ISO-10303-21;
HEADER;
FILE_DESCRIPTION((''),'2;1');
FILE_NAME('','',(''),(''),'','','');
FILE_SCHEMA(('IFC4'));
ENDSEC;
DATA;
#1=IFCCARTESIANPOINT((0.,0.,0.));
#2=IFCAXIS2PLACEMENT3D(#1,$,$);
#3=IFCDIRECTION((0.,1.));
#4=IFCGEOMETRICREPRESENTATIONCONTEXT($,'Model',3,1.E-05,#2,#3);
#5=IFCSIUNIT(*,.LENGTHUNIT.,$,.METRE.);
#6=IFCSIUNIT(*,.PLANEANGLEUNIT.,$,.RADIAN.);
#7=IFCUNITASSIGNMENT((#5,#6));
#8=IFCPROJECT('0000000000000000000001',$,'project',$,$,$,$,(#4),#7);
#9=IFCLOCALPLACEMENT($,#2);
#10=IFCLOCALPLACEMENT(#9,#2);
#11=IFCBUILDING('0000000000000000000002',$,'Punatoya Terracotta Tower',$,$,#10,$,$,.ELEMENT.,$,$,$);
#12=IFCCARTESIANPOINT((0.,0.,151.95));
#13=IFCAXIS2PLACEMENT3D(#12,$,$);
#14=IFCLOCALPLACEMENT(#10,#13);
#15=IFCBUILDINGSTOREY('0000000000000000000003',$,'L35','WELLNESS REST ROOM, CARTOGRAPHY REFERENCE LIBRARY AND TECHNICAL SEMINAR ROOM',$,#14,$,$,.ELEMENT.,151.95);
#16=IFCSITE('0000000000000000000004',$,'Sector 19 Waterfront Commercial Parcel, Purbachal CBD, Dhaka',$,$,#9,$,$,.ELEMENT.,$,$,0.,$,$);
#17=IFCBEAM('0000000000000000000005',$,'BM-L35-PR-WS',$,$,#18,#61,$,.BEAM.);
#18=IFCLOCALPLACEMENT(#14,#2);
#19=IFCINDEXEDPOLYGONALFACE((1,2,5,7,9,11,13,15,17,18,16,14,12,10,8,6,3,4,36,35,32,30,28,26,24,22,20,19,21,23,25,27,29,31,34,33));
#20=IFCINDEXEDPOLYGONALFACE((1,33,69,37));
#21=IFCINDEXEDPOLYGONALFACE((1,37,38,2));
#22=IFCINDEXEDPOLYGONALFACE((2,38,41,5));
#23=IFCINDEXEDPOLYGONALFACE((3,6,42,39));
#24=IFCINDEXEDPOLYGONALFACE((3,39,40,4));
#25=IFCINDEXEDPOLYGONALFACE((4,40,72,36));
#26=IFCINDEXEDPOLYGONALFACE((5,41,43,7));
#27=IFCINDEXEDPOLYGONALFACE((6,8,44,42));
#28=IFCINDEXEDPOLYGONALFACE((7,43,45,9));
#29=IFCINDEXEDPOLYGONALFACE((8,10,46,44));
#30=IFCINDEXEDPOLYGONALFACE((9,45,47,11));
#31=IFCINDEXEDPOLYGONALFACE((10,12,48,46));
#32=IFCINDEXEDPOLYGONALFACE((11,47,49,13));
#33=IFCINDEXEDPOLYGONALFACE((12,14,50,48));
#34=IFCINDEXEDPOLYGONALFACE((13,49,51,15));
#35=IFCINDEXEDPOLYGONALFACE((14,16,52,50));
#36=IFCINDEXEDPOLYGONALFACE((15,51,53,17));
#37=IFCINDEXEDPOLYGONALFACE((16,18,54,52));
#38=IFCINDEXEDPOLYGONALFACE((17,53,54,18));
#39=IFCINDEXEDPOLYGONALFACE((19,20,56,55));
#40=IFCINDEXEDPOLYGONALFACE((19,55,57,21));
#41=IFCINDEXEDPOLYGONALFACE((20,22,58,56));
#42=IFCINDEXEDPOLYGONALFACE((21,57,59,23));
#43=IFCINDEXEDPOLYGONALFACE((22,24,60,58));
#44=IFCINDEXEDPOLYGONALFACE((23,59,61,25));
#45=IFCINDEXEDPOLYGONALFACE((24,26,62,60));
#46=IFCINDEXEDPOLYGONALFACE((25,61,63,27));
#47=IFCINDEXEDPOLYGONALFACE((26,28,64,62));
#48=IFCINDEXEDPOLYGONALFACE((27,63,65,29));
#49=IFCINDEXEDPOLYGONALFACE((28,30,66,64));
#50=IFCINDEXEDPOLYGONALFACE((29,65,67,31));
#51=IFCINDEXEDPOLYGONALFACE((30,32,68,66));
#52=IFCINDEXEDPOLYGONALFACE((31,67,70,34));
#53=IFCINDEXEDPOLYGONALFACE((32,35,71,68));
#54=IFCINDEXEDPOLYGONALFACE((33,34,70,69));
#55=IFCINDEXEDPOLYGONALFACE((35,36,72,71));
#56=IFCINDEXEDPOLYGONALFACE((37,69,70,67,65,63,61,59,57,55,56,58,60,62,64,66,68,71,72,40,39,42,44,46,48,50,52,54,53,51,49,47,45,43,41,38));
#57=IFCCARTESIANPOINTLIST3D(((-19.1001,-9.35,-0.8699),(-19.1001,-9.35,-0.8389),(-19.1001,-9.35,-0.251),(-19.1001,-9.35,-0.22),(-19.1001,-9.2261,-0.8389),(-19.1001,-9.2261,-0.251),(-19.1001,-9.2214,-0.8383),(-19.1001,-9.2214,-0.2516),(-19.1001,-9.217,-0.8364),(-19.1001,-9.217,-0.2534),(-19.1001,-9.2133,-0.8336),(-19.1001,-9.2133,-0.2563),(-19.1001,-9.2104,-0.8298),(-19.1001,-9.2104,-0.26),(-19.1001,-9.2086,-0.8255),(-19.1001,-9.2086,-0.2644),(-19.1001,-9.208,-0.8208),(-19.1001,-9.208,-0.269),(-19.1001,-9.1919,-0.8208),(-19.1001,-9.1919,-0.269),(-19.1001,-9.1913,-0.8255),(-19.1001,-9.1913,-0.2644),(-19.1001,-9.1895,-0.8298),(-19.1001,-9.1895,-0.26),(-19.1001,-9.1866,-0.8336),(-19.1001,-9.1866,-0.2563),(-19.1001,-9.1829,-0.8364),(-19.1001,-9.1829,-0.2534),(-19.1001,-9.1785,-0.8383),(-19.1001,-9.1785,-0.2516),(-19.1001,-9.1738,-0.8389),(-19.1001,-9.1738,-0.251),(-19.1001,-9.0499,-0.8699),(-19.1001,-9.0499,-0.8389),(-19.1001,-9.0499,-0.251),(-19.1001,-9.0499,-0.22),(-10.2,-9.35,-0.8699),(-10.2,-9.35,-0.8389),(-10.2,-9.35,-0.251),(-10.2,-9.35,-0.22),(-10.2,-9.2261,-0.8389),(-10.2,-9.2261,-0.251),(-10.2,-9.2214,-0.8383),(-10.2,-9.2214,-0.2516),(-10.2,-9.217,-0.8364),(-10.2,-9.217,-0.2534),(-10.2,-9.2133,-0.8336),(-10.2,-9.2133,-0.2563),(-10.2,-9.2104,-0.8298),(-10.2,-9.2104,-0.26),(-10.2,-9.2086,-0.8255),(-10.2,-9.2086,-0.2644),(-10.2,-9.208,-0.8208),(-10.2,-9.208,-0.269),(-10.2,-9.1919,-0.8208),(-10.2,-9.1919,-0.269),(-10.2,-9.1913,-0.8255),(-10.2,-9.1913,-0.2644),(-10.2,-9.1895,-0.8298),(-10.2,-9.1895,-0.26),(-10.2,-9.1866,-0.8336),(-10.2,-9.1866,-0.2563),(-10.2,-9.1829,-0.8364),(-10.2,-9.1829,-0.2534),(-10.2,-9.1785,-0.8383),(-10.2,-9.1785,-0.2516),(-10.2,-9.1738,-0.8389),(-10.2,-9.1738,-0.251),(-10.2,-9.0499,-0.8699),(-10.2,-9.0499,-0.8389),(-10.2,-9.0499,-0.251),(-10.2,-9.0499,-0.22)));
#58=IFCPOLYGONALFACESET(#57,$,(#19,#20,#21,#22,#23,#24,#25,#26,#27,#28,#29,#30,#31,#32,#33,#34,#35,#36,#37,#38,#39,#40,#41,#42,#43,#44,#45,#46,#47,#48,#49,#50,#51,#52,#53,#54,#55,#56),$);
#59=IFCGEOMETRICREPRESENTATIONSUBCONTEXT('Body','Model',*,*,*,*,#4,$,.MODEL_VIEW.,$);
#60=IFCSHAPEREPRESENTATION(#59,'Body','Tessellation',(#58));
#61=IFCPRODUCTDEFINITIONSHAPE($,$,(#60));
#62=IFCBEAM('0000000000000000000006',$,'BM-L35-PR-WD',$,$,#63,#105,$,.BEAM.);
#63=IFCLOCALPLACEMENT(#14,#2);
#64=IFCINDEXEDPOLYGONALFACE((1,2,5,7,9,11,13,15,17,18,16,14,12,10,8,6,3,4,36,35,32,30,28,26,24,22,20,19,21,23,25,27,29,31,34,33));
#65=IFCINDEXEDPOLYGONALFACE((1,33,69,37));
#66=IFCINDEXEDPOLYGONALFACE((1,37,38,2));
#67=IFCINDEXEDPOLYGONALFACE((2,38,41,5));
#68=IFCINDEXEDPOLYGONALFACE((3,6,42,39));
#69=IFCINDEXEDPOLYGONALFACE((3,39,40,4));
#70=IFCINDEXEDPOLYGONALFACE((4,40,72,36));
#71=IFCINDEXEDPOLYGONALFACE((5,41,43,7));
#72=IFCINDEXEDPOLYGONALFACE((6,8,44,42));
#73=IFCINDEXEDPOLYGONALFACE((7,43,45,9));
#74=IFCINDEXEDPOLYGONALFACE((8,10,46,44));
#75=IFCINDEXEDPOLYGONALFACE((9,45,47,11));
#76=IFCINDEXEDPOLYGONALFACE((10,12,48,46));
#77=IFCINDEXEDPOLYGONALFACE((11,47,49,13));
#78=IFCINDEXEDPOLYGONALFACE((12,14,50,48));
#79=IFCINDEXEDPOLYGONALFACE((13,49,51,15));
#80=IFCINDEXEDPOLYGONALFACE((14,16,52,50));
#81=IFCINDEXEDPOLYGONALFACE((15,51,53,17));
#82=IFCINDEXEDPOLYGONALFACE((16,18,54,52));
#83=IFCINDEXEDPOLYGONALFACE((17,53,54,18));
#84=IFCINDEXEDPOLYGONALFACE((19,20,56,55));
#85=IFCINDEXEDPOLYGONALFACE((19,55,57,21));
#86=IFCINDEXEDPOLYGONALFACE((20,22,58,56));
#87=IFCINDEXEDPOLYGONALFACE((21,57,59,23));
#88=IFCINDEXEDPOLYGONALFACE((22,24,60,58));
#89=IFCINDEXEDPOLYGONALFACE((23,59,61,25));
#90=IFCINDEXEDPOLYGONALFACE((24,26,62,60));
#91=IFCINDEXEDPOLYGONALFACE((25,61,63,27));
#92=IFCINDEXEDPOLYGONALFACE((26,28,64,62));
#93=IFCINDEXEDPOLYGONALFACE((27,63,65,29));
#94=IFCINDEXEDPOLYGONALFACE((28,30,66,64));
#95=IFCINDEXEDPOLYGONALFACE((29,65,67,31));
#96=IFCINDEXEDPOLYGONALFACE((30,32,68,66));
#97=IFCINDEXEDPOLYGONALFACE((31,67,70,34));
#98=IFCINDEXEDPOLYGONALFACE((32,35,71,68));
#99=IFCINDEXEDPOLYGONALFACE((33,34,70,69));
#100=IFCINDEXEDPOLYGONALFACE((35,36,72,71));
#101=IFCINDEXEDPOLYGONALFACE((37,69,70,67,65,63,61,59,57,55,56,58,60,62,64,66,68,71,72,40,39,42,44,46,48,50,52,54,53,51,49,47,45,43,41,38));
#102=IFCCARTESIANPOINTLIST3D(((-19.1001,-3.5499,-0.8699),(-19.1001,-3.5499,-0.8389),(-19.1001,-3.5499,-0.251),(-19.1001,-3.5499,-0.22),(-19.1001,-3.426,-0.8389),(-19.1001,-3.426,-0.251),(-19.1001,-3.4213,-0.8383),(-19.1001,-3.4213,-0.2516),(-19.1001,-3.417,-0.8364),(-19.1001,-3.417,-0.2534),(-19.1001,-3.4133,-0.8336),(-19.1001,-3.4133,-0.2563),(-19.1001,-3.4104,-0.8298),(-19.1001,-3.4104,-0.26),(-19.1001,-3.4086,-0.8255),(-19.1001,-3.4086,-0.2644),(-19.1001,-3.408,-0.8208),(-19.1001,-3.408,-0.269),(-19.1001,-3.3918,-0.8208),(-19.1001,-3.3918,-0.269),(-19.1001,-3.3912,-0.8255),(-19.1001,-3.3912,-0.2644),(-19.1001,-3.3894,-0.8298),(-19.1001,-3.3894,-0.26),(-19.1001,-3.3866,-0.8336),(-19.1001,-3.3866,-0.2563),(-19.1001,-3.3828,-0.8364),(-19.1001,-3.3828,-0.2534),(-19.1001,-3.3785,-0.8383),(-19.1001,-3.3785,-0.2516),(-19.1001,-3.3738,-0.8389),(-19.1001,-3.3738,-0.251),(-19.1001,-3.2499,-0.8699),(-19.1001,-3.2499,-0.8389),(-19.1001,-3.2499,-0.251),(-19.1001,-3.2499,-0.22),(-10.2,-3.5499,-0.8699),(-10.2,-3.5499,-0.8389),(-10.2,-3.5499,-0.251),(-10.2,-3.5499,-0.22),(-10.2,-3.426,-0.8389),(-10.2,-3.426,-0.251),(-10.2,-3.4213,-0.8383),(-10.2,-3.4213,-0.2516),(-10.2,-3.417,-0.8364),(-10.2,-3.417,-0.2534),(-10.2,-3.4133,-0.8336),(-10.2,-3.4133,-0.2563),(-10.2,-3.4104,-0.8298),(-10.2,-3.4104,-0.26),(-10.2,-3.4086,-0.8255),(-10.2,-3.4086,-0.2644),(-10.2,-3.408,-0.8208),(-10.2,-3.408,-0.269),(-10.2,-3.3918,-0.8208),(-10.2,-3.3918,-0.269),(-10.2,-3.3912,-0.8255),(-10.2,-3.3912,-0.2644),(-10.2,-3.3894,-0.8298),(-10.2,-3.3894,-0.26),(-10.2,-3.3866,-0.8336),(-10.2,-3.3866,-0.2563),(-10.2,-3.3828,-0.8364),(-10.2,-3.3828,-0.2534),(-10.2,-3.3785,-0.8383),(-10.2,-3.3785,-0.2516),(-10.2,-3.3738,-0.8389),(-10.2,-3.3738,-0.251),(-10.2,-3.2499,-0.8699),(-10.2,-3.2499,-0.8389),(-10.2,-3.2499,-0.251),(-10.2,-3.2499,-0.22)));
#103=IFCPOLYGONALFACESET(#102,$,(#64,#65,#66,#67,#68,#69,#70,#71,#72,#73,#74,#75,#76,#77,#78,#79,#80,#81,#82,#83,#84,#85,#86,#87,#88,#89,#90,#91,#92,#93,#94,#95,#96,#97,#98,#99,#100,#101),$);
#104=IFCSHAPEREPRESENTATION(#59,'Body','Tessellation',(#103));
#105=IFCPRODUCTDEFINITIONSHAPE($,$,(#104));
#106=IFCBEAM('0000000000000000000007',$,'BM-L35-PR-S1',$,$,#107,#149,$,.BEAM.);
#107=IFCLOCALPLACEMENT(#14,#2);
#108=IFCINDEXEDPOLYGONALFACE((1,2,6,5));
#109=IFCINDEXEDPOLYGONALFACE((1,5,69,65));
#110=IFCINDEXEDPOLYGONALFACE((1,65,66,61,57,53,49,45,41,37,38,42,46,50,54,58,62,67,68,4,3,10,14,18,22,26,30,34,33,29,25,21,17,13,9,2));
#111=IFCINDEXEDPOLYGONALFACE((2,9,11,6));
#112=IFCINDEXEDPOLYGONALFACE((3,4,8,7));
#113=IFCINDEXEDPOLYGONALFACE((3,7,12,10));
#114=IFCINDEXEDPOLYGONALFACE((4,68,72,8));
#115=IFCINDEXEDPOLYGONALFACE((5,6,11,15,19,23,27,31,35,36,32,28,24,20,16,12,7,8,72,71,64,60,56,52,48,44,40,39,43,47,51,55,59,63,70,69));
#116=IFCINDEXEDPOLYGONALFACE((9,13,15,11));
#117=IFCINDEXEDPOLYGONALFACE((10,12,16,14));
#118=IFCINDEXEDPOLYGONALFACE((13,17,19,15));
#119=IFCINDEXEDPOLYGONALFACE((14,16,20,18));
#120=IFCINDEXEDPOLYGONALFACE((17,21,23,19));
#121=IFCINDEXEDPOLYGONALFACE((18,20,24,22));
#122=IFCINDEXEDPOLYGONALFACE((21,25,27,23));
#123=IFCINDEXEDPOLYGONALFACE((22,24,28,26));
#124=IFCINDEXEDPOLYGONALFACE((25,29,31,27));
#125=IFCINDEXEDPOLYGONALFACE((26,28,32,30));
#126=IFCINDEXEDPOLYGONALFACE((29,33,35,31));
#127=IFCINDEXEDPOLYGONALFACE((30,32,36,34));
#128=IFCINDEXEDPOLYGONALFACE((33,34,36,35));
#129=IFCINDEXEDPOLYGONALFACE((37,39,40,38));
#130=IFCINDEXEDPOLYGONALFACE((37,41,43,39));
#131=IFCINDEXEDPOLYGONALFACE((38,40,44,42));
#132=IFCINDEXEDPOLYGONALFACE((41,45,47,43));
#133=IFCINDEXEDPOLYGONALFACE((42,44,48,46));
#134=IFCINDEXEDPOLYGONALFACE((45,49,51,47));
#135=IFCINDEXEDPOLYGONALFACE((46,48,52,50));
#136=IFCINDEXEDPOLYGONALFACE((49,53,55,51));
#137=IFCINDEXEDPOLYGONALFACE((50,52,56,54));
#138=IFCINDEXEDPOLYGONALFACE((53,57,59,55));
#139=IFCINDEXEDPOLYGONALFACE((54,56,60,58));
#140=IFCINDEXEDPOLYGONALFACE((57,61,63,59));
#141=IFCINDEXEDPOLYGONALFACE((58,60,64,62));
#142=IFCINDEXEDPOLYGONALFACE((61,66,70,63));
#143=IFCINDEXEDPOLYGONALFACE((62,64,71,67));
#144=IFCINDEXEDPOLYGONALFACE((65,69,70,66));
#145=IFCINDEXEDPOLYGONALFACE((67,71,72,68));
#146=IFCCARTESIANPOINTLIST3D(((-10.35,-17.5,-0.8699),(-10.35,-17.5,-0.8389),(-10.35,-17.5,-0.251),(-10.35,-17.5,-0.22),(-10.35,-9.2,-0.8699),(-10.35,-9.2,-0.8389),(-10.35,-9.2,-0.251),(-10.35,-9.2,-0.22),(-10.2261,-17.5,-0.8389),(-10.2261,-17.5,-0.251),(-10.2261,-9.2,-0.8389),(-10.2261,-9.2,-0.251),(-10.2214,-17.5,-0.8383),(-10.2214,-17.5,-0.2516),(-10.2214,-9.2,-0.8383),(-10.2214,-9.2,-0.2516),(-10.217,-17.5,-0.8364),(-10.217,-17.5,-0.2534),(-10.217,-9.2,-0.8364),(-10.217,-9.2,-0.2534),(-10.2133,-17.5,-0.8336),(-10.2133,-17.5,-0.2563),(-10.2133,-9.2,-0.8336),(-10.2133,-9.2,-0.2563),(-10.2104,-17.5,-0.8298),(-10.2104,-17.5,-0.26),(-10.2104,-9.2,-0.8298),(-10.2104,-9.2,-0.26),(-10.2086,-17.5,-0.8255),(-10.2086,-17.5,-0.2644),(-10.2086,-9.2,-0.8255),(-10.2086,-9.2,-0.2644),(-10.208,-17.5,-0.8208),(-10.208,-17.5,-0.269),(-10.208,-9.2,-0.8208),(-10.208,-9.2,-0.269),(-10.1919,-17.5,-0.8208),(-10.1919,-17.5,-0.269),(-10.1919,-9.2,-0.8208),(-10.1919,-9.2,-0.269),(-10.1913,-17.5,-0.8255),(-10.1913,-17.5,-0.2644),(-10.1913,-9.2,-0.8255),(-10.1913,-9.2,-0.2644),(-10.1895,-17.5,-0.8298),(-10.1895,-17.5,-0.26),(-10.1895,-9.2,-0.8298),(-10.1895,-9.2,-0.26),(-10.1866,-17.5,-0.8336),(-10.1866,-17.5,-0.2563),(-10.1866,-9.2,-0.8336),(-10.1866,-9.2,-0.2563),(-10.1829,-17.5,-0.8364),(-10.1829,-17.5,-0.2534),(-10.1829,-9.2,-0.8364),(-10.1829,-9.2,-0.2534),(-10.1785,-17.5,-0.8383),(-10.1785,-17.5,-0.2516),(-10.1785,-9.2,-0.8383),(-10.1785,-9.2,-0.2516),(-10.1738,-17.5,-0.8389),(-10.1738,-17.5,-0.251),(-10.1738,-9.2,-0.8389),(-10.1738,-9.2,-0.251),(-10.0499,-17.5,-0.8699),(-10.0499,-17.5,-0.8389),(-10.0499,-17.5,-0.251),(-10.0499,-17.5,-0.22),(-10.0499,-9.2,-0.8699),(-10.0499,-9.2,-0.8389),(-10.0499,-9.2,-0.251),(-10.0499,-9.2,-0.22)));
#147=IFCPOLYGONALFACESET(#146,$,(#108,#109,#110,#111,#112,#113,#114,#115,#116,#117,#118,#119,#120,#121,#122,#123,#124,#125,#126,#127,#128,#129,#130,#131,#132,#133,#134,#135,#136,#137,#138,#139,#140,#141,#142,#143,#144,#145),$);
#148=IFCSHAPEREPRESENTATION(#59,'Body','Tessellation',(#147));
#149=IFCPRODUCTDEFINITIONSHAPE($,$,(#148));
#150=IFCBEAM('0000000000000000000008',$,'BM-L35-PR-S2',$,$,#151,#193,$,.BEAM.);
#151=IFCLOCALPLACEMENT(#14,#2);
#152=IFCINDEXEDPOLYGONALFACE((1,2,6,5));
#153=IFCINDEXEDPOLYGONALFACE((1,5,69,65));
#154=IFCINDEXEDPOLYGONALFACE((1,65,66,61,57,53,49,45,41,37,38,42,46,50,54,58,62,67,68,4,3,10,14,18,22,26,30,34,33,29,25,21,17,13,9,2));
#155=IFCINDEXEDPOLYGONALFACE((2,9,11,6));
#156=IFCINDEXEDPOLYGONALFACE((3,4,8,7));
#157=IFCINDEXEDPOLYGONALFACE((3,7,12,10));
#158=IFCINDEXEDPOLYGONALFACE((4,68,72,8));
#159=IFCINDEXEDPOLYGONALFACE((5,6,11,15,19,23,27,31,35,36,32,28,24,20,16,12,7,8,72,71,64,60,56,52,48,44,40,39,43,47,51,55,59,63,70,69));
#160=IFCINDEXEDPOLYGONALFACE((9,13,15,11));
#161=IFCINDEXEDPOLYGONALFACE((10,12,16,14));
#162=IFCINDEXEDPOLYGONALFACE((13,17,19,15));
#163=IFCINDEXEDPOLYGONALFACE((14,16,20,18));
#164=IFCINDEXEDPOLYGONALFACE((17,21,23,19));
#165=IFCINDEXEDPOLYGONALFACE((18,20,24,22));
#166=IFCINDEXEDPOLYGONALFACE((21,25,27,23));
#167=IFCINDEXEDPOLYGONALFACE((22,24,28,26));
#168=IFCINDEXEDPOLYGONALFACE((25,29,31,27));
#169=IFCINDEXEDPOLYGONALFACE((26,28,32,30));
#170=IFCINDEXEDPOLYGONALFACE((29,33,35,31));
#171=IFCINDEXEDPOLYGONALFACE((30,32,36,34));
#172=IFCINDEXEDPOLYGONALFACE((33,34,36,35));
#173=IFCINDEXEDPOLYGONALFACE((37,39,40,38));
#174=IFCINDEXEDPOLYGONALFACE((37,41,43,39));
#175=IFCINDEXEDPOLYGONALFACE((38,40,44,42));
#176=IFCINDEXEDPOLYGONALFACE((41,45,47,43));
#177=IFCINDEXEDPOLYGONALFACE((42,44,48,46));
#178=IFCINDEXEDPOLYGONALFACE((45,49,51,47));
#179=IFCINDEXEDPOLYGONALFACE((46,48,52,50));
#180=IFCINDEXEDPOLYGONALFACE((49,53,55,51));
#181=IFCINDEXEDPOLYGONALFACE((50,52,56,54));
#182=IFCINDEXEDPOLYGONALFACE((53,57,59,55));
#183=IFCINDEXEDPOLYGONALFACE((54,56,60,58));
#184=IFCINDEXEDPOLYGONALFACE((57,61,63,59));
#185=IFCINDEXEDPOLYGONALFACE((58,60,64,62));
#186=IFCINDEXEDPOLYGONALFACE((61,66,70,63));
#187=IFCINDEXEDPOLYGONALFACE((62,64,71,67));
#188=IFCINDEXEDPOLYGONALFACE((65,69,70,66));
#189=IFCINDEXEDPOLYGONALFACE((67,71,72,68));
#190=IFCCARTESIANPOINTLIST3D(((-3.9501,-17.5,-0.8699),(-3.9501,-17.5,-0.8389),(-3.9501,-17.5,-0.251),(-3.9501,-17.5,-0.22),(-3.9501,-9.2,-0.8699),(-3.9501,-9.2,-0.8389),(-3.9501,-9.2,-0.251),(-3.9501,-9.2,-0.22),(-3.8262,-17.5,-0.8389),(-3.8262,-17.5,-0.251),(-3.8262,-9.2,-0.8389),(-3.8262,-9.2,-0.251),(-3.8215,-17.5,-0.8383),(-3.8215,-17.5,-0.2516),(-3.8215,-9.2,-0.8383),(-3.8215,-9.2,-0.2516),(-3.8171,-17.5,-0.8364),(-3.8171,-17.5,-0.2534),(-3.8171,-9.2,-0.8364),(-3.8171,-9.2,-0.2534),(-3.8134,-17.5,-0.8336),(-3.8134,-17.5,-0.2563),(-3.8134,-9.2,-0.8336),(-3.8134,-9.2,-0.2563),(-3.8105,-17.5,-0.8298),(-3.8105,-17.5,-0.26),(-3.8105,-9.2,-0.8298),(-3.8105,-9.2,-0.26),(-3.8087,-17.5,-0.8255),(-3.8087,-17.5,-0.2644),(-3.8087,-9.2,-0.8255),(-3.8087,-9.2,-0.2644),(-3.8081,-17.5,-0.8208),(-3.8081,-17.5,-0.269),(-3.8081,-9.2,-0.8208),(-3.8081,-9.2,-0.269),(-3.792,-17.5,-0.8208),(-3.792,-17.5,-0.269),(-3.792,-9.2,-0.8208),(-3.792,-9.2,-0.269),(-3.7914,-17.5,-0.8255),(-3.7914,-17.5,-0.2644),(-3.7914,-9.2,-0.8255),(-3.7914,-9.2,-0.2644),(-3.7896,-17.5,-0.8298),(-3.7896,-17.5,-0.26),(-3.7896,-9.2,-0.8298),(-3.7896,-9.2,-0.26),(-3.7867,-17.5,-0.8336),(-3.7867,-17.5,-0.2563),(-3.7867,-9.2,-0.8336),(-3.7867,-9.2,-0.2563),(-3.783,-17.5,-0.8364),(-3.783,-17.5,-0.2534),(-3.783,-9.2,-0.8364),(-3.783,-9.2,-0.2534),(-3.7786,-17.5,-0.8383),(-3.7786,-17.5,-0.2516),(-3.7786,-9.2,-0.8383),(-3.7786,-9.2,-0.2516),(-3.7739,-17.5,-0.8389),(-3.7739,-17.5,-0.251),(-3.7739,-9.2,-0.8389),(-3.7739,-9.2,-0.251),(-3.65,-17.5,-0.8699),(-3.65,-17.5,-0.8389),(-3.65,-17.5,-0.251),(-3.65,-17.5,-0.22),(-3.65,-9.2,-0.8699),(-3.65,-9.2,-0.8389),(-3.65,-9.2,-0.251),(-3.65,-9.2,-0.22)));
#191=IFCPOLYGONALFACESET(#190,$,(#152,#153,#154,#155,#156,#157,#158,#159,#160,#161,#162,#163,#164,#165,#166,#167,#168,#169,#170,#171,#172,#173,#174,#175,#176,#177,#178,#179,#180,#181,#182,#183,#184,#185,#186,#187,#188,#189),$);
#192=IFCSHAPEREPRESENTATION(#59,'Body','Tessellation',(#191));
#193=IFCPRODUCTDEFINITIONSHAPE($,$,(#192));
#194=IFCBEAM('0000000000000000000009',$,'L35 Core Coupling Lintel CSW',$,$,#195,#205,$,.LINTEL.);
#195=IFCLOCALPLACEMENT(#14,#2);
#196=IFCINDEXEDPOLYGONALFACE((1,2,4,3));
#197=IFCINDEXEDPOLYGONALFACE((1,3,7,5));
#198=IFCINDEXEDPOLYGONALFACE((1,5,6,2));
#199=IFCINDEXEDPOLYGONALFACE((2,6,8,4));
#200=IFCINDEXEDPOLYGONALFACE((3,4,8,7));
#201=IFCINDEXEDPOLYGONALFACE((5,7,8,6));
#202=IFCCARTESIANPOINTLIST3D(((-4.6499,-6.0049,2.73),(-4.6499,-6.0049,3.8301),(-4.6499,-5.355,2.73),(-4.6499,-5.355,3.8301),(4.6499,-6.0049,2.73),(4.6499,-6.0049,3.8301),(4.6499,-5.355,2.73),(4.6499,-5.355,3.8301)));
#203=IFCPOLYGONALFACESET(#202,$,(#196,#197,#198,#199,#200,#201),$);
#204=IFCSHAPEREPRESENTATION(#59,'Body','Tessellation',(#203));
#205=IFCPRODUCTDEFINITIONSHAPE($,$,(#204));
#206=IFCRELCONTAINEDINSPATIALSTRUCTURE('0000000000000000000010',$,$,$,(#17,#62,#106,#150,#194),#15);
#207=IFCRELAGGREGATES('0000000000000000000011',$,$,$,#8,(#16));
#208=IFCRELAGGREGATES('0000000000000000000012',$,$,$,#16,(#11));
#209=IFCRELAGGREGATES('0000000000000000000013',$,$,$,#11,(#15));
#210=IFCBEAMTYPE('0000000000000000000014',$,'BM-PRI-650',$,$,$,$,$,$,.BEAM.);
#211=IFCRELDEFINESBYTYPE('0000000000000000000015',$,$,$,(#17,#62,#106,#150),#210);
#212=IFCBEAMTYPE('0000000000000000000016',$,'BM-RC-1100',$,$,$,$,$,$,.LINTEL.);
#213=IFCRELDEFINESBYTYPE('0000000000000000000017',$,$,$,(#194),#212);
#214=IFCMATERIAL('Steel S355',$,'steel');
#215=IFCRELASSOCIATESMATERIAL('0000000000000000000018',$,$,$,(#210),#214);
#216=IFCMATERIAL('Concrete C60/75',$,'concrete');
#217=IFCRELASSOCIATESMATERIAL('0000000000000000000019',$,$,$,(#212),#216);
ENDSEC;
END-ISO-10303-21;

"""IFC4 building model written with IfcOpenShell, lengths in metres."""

from ifc_helpers import new_model, si_unit, direction, frame, origin, origin_2d, place, context, subcontext, project, spatial, rectangle, i_section, extrude, material, material_profile, profile_set, type_object, element, save


model = new_model("IFC4")

# Units and contexts
model_context = context("Model", 3, precision=1e-05, world=origin(), true_north=direction((0.0, 1.0)))
body_context = subcontext(model_context, "Body", "Model", "MODEL_VIEW")
ifc_project = project(units=[si_unit("LENGTHUNIT", "METRE"), si_unit("PLANEANGLEUNIT", "RADIAN")], contexts=[model_context])

# Site, building, storey
site_placement = place(None, origin())
site = spatial("IfcSite", under=ifc_project, at=site_placement, Name="Sector 19 Waterfront Commercial Parcel, Purbachal CBD, Dhaka", CompositionType="ELEMENT", RefElevation=0.0)
building_placement = place(site_placement, origin())
building = spatial("IfcBuilding", under=site, at=building_placement, Name="Punatoya Terracotta Tower", CompositionType="ELEMENT")
storey_placement = place(building_placement, frame((0.0, 0.0, 151.95)))
storey = spatial("IfcBuildingStorey", under=building, at=storey_placement, Name="L35", Description="WELLNESS REST ROOM, CARTOGRAPHY REFERENCE LIBRARY AND TECHNICAL SEMINAR ROOM", CompositionType="ELEMENT", Elevation=151.95)

# Beams
ifc_material_1 = material(Name="Steel S355", Category="steel")
ifc_material_profile_1 = material_profile(ifc_material_1, i_section(OverallWidth=0.3, OverallDepth=0.6499, WebThickness=0.0161, FlangeThickness=0.031, FilletRadius=0.0181, at=origin_2d()))
ifc_profile_set_1 = profile_set([ifc_material_profile_1], Name="Steel S355")
beam_type_1 = type_object("IfcBeamType", Name="BM-PRI-650", PredefinedType="BEAM", material=ifc_profile_set_1)
for number, where, z_axis, x_axis, name in (
    (1, (-19.1001, -9.2, -0.5449), (1.0, 0.0, 0.0), (0.0, 1.0, 0.0), "BM-L35-PR-WS"),
    (2, (-19.1001, -3.3999, -0.5449), (1.0, 0.0, 0.0), (0.0, 1.0, 0.0), "BM-L35-PR-WD"),
):
    element("IfcBeam", number, at=place(storey_placement, frame(where, z_axis=z_axis, x_axis=x_axis)), inside=storey, type_object=beam_type_1, Name=name, PredefinedType="BEAM", context=body_context, shape_type="SweptSolid", body=[
        extrude(i_section(OverallWidth=0.3, OverallDepth=0.6499, WebThickness=0.0161, FlangeThickness=0.031, FilletRadius=0.0181, at=origin_2d()), origin(), (0.0, 0.0, 1.0), 8.9001),
    ])
for number, where, z_axis, x_axis, name in (
    (3, (-10.2, -17.5, -0.5449), (0.0, 1.0, 0.0), (-1.0, 0.0, 0.0), "BM-L35-PR-S1"),
    (4, (-3.8, -17.5, -0.5449), (0.0, 1.0, 0.0), (-1.0, 0.0, 0.0), "BM-L35-PR-S2"),
):
    element("IfcBeam", number, at=place(storey_placement, frame(where, z_axis=z_axis, x_axis=x_axis)), inside=storey, type_object=beam_type_1, Name=name, PredefinedType="BEAM", context=body_context, shape_type="SweptSolid", body=[
        extrude(i_section(OverallWidth=0.3, OverallDepth=0.6499, WebThickness=0.0161, FlangeThickness=0.031, FilletRadius=0.0181, at=origin_2d()), origin(), (0.0, 0.0, 1.0), 8.3),
    ])
ifc_material_2 = material(Name="Concrete C60/75", Category="concrete")
ifc_material_profile_2 = material_profile(ifc_material_2, rectangle(XDim=0.6499, YDim=1.1001, at=origin_2d()))
ifc_profile_set_2 = profile_set([ifc_material_profile_2], Name="Concrete C60/75")
beam_type_2 = type_object("IfcBeamType", Name="BM-RC-1100", PredefinedType="LINTEL", material=ifc_profile_set_2)
beam_1_placement = place(storey_placement, frame((-4.6499, -5.6799, 3.28), z_axis=(1.0, 0.0, 0.0), x_axis=(0.0, 1.0, 0.0)))
element("IfcBeam", 5, at=beam_1_placement, inside=storey, type_object=beam_type_2, Name="L35 Core Coupling Lintel CSW", PredefinedType="LINTEL", context=body_context, shape_type="SweptSolid", body=[
    extrude(rectangle(XDim=0.6499, YDim=1.1001, at=origin_2d()), origin(), (0.0, 0.0, 1.0), 9.2998),
])

save(model, "model.ifc")
